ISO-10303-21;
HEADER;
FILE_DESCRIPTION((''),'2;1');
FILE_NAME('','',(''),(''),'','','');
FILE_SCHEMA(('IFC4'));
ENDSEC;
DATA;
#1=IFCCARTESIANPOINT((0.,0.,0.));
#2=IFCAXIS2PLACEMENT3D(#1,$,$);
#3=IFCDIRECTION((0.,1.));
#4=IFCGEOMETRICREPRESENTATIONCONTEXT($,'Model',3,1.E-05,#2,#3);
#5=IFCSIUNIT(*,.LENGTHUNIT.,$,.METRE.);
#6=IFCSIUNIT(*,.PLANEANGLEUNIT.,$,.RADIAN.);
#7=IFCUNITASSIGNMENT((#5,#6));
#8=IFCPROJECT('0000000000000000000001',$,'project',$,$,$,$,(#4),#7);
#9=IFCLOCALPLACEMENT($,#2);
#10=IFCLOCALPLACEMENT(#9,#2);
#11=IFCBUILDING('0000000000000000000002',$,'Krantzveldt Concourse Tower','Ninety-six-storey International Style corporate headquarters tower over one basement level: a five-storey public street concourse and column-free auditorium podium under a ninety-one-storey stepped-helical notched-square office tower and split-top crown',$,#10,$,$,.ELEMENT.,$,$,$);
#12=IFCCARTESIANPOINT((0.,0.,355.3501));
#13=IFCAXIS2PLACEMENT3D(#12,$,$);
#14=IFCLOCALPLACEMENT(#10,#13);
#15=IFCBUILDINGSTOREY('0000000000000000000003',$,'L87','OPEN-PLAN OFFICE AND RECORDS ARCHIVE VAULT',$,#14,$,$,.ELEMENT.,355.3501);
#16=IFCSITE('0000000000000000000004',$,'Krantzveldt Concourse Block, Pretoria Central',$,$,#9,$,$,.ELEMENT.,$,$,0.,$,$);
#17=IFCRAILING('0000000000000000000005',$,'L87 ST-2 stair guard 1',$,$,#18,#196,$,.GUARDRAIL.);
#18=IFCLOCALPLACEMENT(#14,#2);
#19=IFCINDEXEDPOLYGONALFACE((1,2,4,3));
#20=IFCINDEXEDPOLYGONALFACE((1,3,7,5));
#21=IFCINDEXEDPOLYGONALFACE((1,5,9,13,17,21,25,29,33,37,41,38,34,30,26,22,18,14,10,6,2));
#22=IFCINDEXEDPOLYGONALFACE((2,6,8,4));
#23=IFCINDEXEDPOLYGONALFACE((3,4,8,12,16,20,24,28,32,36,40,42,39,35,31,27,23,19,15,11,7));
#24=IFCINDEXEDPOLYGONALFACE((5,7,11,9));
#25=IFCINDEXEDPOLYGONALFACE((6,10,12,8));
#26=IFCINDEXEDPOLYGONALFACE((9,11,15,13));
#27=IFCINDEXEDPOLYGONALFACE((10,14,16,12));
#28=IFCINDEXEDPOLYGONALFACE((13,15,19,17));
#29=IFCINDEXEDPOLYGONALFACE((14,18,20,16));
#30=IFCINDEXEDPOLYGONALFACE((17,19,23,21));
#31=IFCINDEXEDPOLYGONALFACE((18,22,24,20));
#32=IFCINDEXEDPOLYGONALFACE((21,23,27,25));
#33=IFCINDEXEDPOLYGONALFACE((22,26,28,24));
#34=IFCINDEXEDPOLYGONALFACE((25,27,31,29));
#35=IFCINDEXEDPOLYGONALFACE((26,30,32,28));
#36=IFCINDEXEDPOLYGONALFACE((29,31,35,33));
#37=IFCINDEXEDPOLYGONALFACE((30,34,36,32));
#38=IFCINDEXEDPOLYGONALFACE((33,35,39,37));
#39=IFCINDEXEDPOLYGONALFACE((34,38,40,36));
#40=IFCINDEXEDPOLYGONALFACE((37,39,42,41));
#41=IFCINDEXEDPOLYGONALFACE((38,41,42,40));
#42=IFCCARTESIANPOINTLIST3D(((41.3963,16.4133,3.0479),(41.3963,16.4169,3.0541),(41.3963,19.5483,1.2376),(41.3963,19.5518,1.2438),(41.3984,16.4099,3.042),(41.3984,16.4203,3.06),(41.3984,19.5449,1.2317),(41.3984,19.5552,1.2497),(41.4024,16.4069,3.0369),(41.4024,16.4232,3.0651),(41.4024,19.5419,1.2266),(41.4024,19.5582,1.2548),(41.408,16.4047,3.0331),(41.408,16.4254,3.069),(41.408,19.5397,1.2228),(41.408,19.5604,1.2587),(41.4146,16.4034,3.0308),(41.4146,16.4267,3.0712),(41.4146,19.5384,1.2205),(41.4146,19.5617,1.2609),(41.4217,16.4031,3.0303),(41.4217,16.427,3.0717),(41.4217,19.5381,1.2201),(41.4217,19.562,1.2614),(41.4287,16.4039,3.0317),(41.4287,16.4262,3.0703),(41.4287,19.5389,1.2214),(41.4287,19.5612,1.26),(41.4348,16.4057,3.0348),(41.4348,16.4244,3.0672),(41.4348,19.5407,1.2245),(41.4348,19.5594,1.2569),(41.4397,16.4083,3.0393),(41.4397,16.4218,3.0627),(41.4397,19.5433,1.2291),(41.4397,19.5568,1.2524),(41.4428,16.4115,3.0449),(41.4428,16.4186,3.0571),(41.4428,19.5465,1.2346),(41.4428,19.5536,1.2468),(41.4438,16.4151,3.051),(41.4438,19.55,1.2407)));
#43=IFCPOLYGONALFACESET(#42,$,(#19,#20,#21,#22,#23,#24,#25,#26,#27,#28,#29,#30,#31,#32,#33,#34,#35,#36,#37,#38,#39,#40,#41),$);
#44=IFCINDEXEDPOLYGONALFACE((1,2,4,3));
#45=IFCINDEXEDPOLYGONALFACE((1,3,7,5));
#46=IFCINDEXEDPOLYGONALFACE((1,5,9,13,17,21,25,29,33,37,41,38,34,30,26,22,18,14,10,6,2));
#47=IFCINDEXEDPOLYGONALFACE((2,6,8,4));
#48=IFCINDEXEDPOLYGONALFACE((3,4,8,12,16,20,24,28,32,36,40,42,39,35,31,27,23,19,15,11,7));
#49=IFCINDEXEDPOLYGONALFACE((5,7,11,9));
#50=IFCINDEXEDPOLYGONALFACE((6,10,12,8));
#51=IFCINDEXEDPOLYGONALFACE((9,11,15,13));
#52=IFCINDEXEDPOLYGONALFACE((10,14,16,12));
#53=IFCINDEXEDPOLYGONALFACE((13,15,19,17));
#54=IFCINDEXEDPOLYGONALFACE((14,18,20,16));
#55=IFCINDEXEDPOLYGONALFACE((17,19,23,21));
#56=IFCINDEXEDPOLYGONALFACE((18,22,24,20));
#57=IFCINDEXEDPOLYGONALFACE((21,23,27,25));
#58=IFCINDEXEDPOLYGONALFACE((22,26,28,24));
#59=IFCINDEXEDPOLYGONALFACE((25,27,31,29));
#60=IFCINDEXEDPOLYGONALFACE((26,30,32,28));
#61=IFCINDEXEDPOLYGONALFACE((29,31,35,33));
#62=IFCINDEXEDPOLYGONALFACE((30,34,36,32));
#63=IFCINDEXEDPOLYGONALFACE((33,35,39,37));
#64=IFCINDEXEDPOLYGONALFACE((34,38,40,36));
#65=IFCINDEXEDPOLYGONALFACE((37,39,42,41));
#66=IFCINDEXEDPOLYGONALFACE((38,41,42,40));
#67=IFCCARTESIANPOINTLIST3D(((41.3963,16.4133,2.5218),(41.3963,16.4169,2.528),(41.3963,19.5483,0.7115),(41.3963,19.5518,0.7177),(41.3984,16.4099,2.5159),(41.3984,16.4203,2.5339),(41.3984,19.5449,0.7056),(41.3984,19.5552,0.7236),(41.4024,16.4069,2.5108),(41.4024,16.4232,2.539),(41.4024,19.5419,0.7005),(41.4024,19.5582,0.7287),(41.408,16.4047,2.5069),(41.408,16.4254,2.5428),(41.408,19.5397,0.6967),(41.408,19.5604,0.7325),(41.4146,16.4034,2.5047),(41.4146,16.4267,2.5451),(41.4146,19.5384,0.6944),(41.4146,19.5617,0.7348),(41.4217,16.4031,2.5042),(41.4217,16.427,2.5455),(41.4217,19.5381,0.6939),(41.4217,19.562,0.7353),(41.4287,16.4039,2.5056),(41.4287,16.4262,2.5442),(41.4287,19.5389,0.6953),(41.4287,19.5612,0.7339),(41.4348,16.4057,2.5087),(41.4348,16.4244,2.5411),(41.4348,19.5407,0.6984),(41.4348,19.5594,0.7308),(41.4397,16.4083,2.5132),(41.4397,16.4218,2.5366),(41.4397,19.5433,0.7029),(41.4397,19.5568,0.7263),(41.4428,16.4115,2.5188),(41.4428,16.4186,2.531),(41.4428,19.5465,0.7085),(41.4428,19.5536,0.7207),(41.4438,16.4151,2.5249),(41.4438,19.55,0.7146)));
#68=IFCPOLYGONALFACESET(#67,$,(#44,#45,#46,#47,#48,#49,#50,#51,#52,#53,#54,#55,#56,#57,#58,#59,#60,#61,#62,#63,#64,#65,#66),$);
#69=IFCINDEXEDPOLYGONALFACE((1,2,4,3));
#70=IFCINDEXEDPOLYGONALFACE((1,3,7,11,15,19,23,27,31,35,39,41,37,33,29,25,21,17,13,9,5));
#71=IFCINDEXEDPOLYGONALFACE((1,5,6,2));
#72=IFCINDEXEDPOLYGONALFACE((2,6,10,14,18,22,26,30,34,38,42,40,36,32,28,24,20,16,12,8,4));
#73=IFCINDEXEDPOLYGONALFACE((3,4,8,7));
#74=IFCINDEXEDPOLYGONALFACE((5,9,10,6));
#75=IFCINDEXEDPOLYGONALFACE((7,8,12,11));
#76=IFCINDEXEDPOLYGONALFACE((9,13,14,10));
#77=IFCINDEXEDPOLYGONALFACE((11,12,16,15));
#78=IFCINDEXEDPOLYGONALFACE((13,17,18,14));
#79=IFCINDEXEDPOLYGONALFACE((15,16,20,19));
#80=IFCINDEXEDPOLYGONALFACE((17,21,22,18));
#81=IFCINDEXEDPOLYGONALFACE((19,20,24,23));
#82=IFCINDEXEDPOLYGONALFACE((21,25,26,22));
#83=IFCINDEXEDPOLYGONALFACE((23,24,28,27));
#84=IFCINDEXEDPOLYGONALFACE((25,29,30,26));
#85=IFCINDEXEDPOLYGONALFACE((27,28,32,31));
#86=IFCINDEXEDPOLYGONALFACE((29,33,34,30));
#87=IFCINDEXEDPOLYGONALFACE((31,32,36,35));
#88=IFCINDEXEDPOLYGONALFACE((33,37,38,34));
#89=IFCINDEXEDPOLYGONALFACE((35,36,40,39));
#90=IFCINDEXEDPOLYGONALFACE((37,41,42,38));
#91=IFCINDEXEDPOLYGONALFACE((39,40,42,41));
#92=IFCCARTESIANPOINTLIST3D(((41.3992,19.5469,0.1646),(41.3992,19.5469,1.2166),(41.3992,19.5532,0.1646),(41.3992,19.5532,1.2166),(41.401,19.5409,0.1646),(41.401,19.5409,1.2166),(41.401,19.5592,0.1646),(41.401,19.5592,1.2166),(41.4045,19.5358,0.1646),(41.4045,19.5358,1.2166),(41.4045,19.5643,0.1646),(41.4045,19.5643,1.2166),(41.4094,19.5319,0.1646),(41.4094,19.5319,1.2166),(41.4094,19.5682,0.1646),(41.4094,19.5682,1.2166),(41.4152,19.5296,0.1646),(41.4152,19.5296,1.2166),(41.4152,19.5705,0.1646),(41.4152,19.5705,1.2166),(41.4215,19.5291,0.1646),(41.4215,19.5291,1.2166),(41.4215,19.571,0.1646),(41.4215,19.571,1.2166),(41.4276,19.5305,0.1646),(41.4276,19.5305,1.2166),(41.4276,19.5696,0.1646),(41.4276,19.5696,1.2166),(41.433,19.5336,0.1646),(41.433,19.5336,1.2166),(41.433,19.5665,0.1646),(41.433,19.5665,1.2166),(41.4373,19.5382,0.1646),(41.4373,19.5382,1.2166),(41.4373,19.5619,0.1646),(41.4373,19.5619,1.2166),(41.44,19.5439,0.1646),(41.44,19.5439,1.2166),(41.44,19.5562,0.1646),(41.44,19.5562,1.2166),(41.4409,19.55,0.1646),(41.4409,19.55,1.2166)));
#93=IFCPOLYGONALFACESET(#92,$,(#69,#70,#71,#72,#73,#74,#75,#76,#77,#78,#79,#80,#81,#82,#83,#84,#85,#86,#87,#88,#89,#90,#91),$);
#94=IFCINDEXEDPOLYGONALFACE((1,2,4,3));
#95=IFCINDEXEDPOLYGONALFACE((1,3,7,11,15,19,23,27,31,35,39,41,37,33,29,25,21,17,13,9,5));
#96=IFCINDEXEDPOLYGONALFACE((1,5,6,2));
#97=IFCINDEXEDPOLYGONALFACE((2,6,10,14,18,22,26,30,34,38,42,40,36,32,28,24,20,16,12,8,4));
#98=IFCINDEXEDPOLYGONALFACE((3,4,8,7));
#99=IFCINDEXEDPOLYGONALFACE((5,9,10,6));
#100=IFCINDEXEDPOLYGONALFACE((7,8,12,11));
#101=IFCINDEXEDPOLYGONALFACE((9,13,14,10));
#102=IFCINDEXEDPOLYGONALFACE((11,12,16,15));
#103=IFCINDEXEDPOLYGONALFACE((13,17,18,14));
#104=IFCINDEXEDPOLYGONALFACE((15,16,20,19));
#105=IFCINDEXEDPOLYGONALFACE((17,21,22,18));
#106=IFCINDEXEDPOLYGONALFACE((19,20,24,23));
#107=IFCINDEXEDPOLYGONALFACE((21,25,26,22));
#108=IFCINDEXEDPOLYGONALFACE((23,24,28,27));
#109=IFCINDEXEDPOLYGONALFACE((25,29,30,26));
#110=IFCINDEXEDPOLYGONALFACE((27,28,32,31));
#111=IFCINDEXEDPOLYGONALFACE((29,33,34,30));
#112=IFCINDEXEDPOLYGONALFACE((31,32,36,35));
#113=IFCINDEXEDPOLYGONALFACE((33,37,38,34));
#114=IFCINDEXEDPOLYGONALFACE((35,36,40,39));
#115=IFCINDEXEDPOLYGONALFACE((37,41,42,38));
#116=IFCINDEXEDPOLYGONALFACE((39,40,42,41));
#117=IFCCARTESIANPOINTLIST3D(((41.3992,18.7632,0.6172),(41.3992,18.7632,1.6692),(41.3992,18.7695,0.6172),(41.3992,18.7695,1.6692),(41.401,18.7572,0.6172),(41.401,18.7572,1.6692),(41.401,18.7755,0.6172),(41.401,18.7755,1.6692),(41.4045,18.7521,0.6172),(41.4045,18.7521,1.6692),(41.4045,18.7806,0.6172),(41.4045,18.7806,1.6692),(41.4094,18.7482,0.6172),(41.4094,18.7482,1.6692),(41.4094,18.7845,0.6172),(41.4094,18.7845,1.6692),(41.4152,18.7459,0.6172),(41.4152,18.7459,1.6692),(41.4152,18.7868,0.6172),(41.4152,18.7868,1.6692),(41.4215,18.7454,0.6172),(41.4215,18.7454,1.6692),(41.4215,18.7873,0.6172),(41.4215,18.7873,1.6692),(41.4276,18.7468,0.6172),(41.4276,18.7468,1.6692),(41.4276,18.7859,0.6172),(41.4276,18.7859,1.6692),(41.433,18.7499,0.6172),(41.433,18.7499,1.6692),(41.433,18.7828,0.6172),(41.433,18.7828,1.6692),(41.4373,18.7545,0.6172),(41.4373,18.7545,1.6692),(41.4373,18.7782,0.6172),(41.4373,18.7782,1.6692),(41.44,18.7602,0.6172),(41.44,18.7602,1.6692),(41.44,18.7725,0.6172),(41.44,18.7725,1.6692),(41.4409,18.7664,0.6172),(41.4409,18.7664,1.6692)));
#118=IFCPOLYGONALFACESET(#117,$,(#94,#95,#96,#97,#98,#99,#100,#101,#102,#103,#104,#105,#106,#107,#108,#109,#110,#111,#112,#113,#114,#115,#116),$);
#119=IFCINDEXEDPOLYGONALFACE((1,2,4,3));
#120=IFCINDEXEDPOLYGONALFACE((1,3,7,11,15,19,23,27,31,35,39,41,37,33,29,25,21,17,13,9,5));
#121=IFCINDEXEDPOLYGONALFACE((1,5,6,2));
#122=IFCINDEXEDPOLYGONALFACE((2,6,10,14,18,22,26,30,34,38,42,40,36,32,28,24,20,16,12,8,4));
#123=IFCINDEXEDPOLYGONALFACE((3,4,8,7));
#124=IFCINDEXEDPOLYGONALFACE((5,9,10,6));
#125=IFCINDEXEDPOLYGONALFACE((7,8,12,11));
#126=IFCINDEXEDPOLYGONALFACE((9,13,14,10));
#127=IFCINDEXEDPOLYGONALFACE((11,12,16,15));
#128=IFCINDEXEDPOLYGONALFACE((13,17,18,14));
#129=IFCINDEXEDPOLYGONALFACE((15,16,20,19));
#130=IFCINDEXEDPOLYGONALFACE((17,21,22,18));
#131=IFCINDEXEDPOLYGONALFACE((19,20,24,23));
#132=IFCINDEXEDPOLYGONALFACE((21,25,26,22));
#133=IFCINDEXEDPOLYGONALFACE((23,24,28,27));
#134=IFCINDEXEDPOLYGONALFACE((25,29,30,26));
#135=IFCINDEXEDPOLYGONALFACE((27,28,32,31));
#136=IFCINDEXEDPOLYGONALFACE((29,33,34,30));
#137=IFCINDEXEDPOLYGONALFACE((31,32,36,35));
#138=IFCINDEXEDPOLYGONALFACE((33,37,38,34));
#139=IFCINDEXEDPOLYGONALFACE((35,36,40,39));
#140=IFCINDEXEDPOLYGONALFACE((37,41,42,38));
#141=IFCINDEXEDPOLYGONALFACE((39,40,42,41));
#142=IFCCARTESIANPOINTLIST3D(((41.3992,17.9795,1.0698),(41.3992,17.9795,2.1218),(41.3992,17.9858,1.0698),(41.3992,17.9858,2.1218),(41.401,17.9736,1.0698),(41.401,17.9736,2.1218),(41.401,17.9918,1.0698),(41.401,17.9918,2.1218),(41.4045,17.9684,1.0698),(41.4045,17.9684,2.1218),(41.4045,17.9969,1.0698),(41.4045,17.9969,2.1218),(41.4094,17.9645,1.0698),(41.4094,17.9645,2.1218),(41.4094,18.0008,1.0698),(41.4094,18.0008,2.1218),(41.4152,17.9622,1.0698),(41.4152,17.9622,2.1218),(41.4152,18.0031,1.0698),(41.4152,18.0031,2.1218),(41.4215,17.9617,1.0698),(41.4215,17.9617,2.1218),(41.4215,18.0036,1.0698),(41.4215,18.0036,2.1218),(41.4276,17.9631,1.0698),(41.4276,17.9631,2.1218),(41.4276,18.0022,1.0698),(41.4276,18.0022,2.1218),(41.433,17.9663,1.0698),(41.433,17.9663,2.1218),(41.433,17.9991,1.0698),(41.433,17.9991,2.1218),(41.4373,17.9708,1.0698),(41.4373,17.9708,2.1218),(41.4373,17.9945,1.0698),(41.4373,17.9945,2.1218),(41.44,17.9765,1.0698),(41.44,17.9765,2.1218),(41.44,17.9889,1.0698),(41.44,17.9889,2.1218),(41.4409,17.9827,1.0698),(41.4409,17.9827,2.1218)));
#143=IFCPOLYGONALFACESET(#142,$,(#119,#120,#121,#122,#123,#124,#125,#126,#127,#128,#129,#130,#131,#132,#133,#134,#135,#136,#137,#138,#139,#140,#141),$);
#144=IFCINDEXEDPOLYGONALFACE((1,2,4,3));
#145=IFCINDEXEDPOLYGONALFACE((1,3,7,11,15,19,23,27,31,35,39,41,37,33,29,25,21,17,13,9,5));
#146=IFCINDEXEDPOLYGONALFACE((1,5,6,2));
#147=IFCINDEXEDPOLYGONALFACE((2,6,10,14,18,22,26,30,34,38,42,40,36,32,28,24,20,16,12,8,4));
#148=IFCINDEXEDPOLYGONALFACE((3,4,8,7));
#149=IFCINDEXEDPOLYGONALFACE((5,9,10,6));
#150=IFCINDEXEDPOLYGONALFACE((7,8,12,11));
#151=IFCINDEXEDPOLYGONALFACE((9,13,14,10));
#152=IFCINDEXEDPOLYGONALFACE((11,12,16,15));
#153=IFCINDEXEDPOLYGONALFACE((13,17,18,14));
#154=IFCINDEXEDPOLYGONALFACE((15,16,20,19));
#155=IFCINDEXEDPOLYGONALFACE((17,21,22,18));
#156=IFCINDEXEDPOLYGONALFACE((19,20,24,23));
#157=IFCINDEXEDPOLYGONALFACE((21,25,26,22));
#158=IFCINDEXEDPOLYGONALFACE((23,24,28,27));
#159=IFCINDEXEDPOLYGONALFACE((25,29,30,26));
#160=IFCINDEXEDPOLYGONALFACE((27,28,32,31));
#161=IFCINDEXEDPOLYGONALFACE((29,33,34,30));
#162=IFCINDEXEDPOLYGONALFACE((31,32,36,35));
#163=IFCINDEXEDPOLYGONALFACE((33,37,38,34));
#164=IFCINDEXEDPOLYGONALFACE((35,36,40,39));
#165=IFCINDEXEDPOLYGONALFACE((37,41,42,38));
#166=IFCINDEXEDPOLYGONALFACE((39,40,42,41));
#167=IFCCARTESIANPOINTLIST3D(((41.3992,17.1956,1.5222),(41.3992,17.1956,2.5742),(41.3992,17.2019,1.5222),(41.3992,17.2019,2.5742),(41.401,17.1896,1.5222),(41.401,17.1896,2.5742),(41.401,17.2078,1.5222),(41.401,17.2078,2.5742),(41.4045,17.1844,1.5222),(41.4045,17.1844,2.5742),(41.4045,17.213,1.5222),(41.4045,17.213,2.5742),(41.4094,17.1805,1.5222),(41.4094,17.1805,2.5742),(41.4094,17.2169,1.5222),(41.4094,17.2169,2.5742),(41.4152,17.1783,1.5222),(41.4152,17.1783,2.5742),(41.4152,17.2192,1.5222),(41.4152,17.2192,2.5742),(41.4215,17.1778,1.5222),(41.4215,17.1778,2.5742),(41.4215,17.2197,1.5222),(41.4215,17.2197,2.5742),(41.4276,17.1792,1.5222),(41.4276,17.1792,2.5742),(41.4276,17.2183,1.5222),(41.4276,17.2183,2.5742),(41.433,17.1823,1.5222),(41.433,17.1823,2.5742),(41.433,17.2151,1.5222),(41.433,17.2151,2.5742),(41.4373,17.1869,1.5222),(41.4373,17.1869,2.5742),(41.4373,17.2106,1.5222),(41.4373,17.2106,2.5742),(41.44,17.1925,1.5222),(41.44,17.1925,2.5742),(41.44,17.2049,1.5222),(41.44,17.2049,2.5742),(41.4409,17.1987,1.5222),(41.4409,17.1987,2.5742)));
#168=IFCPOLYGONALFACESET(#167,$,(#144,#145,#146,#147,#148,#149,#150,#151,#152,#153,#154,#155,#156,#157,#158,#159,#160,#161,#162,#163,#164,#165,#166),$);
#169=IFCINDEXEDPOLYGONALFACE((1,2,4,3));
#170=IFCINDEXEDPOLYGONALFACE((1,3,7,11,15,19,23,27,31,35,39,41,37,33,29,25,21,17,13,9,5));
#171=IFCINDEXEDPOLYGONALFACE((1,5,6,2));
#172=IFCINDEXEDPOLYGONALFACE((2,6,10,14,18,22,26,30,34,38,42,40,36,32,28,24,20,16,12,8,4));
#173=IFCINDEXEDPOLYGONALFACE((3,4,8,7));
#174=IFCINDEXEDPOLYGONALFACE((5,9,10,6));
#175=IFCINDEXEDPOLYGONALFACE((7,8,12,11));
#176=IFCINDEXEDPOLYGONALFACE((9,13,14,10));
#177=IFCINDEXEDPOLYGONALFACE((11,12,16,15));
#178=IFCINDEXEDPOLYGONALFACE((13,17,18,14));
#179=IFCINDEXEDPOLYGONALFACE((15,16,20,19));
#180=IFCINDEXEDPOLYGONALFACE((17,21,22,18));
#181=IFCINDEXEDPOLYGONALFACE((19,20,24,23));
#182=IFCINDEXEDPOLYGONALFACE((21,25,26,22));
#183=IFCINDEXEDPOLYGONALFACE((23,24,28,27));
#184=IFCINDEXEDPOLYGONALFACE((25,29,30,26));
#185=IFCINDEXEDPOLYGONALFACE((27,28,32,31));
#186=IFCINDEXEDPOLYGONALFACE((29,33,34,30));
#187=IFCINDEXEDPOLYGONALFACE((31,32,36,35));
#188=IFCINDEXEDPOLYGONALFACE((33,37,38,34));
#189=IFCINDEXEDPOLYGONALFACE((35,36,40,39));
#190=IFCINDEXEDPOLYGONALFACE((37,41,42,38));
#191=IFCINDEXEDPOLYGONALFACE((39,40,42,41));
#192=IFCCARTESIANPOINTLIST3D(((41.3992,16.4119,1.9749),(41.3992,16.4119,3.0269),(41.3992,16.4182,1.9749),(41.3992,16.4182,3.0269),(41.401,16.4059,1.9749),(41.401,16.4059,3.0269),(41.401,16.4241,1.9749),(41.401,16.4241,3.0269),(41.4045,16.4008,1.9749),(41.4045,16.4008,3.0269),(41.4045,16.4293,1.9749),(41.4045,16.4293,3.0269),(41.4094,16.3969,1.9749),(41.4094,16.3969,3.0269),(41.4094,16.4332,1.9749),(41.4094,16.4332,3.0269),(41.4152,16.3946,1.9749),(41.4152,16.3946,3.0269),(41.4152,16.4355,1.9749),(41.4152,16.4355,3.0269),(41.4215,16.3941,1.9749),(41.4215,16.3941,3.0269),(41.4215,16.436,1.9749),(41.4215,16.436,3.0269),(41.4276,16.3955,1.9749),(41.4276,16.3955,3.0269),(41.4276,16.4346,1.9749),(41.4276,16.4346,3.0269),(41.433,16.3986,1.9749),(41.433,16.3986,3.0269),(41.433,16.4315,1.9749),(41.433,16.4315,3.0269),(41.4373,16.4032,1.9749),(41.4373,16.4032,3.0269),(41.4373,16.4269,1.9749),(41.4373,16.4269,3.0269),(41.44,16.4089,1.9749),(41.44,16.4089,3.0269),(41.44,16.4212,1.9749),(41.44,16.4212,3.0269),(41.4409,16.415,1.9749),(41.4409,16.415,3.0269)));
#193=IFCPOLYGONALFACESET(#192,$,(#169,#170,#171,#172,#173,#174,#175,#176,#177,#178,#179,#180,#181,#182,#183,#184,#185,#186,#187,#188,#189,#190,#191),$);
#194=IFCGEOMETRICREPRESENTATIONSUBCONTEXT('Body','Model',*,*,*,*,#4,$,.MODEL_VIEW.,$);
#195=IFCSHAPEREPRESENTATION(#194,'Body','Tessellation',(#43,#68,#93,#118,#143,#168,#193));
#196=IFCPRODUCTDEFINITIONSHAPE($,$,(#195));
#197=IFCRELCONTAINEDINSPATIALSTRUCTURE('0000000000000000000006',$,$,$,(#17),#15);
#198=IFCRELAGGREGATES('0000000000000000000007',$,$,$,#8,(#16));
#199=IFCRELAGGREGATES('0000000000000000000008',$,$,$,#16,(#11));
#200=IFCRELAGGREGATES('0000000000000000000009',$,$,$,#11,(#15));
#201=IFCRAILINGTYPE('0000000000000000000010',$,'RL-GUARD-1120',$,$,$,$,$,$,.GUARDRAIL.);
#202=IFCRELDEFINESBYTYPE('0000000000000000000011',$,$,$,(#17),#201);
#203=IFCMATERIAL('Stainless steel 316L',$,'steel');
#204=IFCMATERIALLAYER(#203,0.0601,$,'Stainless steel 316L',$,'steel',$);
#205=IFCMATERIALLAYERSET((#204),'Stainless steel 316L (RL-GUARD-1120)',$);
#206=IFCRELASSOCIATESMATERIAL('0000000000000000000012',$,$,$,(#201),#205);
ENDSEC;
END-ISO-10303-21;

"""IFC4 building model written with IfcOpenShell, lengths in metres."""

from ifc_helpers import new_model, si_unit, direction, frame, origin, origin_2d, place, context, subcontext, project, spatial, circle, extrude, material, layer, layer_set, type_object, element, save


model = new_model("IFC4")

# Units and contexts
model_context = context("Model", 3, precision=1e-05, world=origin(), true_north=direction((0.0, 1.0)))
body_context = subcontext(model_context, "Body", "Model", "MODEL_VIEW")
ifc_project = project(units=[si_unit("LENGTHUNIT", "METRE"), si_unit("PLANEANGLEUNIT", "RADIAN")], contexts=[model_context])

# Site, building, storey
site_placement = place(None, origin())
site = spatial("IfcSite", under=ifc_project, at=site_placement, Name="Krantzveldt Concourse Block, Pretoria Central", CompositionType="ELEMENT", RefElevation=0.0)
building_placement = place(site_placement, origin())
building = spatial("IfcBuilding", under=site, at=building_placement, Name="Krantzveldt Concourse Tower", Description="Ninety-six-storey International Style corporate headquarters tower over one basement level: a five-storey public street concourse and column-free auditorium podium under a ninety-one-storey stepped-helical notched-square office tower and split-top crown", CompositionType="ELEMENT")
storey_placement = place(building_placement, frame((0.0, 0.0, 355.3501)))
storey = spatial("IfcBuildingStorey", under=building, at=storey_placement, Name="L87", Description="OPEN-PLAN OFFICE AND RECORDS ARCHIVE VAULT", CompositionType="ELEMENT", Elevation=355.3501)

# Shared definitions
ifc_material_1 = material(Name="Stainless steel 316L", Category="steel")

# Railing
ifc_layer_1 = layer(ifc_material_1, 0.0601, Name="Stainless steel 316L", Category="steel")
ifc_layer_set_1 = layer_set([ifc_layer_1], Name="Stainless steel 316L (RL-GUARD-1120)")
railing_type_1 = type_object("IfcRailingType", Name="RL-GUARD-1120", PredefinedType="GUARDRAIL", material=ifc_layer_set_1)
railing_1_placement = place(storey_placement, frame((41.4199, 19.55, 0.1646)))
element("IfcRailing", 1, at=railing_1_placement, inside=storey, type_object=railing_type_1, Name="L87 ST-2 stair guard 1", PredefinedType="GUARDRAIL", context=body_context, shape_type="SweptSolid", body=[
    extrude(circle(Radius=0.0239, at=origin_2d()), frame((0.0, 0.0, 1.0762), z_axis=(0.0, -0.865989, 0.500063), x_axis=(1.0, 0.0, 0.0)), (0.0, 0.0, 1.0), 3.6201),
    extrude(circle(Radius=0.0239, at=origin_2d()), frame((0.0, 0.0, 0.55), z_axis=(0.0, -0.865989, 0.500063), x_axis=(1.0, 0.0, 0.0)), (0.0, 0.0, 1.0), 3.6201),
    extrude(circle(Radius=0.021, at=origin_2d()), origin(), (0.0, 0.0, 1.0), 1.052),
    extrude(circle(Radius=0.021, at=origin_2d()), frame((0.0, -0.7837, 0.4526)), (0.0, 0.0, 1.0), 1.052),
    extrude(circle(Radius=0.021, at=origin_2d()), frame((0.0, -1.5674, 0.9053)), (0.0, 0.0, 1.0), 1.052),
    extrude(circle(Radius=0.021, at=origin_2d()), frame((0.0, -2.3513, 1.3577)), (0.0, 0.0, 1.0), 1.052),
    extrude(circle(Radius=0.021, at=origin_2d()), frame((0.0, -3.135, 1.8103)), (0.0, 0.0, 1.0), 1.052),
])

save(model, "model.ifc")
